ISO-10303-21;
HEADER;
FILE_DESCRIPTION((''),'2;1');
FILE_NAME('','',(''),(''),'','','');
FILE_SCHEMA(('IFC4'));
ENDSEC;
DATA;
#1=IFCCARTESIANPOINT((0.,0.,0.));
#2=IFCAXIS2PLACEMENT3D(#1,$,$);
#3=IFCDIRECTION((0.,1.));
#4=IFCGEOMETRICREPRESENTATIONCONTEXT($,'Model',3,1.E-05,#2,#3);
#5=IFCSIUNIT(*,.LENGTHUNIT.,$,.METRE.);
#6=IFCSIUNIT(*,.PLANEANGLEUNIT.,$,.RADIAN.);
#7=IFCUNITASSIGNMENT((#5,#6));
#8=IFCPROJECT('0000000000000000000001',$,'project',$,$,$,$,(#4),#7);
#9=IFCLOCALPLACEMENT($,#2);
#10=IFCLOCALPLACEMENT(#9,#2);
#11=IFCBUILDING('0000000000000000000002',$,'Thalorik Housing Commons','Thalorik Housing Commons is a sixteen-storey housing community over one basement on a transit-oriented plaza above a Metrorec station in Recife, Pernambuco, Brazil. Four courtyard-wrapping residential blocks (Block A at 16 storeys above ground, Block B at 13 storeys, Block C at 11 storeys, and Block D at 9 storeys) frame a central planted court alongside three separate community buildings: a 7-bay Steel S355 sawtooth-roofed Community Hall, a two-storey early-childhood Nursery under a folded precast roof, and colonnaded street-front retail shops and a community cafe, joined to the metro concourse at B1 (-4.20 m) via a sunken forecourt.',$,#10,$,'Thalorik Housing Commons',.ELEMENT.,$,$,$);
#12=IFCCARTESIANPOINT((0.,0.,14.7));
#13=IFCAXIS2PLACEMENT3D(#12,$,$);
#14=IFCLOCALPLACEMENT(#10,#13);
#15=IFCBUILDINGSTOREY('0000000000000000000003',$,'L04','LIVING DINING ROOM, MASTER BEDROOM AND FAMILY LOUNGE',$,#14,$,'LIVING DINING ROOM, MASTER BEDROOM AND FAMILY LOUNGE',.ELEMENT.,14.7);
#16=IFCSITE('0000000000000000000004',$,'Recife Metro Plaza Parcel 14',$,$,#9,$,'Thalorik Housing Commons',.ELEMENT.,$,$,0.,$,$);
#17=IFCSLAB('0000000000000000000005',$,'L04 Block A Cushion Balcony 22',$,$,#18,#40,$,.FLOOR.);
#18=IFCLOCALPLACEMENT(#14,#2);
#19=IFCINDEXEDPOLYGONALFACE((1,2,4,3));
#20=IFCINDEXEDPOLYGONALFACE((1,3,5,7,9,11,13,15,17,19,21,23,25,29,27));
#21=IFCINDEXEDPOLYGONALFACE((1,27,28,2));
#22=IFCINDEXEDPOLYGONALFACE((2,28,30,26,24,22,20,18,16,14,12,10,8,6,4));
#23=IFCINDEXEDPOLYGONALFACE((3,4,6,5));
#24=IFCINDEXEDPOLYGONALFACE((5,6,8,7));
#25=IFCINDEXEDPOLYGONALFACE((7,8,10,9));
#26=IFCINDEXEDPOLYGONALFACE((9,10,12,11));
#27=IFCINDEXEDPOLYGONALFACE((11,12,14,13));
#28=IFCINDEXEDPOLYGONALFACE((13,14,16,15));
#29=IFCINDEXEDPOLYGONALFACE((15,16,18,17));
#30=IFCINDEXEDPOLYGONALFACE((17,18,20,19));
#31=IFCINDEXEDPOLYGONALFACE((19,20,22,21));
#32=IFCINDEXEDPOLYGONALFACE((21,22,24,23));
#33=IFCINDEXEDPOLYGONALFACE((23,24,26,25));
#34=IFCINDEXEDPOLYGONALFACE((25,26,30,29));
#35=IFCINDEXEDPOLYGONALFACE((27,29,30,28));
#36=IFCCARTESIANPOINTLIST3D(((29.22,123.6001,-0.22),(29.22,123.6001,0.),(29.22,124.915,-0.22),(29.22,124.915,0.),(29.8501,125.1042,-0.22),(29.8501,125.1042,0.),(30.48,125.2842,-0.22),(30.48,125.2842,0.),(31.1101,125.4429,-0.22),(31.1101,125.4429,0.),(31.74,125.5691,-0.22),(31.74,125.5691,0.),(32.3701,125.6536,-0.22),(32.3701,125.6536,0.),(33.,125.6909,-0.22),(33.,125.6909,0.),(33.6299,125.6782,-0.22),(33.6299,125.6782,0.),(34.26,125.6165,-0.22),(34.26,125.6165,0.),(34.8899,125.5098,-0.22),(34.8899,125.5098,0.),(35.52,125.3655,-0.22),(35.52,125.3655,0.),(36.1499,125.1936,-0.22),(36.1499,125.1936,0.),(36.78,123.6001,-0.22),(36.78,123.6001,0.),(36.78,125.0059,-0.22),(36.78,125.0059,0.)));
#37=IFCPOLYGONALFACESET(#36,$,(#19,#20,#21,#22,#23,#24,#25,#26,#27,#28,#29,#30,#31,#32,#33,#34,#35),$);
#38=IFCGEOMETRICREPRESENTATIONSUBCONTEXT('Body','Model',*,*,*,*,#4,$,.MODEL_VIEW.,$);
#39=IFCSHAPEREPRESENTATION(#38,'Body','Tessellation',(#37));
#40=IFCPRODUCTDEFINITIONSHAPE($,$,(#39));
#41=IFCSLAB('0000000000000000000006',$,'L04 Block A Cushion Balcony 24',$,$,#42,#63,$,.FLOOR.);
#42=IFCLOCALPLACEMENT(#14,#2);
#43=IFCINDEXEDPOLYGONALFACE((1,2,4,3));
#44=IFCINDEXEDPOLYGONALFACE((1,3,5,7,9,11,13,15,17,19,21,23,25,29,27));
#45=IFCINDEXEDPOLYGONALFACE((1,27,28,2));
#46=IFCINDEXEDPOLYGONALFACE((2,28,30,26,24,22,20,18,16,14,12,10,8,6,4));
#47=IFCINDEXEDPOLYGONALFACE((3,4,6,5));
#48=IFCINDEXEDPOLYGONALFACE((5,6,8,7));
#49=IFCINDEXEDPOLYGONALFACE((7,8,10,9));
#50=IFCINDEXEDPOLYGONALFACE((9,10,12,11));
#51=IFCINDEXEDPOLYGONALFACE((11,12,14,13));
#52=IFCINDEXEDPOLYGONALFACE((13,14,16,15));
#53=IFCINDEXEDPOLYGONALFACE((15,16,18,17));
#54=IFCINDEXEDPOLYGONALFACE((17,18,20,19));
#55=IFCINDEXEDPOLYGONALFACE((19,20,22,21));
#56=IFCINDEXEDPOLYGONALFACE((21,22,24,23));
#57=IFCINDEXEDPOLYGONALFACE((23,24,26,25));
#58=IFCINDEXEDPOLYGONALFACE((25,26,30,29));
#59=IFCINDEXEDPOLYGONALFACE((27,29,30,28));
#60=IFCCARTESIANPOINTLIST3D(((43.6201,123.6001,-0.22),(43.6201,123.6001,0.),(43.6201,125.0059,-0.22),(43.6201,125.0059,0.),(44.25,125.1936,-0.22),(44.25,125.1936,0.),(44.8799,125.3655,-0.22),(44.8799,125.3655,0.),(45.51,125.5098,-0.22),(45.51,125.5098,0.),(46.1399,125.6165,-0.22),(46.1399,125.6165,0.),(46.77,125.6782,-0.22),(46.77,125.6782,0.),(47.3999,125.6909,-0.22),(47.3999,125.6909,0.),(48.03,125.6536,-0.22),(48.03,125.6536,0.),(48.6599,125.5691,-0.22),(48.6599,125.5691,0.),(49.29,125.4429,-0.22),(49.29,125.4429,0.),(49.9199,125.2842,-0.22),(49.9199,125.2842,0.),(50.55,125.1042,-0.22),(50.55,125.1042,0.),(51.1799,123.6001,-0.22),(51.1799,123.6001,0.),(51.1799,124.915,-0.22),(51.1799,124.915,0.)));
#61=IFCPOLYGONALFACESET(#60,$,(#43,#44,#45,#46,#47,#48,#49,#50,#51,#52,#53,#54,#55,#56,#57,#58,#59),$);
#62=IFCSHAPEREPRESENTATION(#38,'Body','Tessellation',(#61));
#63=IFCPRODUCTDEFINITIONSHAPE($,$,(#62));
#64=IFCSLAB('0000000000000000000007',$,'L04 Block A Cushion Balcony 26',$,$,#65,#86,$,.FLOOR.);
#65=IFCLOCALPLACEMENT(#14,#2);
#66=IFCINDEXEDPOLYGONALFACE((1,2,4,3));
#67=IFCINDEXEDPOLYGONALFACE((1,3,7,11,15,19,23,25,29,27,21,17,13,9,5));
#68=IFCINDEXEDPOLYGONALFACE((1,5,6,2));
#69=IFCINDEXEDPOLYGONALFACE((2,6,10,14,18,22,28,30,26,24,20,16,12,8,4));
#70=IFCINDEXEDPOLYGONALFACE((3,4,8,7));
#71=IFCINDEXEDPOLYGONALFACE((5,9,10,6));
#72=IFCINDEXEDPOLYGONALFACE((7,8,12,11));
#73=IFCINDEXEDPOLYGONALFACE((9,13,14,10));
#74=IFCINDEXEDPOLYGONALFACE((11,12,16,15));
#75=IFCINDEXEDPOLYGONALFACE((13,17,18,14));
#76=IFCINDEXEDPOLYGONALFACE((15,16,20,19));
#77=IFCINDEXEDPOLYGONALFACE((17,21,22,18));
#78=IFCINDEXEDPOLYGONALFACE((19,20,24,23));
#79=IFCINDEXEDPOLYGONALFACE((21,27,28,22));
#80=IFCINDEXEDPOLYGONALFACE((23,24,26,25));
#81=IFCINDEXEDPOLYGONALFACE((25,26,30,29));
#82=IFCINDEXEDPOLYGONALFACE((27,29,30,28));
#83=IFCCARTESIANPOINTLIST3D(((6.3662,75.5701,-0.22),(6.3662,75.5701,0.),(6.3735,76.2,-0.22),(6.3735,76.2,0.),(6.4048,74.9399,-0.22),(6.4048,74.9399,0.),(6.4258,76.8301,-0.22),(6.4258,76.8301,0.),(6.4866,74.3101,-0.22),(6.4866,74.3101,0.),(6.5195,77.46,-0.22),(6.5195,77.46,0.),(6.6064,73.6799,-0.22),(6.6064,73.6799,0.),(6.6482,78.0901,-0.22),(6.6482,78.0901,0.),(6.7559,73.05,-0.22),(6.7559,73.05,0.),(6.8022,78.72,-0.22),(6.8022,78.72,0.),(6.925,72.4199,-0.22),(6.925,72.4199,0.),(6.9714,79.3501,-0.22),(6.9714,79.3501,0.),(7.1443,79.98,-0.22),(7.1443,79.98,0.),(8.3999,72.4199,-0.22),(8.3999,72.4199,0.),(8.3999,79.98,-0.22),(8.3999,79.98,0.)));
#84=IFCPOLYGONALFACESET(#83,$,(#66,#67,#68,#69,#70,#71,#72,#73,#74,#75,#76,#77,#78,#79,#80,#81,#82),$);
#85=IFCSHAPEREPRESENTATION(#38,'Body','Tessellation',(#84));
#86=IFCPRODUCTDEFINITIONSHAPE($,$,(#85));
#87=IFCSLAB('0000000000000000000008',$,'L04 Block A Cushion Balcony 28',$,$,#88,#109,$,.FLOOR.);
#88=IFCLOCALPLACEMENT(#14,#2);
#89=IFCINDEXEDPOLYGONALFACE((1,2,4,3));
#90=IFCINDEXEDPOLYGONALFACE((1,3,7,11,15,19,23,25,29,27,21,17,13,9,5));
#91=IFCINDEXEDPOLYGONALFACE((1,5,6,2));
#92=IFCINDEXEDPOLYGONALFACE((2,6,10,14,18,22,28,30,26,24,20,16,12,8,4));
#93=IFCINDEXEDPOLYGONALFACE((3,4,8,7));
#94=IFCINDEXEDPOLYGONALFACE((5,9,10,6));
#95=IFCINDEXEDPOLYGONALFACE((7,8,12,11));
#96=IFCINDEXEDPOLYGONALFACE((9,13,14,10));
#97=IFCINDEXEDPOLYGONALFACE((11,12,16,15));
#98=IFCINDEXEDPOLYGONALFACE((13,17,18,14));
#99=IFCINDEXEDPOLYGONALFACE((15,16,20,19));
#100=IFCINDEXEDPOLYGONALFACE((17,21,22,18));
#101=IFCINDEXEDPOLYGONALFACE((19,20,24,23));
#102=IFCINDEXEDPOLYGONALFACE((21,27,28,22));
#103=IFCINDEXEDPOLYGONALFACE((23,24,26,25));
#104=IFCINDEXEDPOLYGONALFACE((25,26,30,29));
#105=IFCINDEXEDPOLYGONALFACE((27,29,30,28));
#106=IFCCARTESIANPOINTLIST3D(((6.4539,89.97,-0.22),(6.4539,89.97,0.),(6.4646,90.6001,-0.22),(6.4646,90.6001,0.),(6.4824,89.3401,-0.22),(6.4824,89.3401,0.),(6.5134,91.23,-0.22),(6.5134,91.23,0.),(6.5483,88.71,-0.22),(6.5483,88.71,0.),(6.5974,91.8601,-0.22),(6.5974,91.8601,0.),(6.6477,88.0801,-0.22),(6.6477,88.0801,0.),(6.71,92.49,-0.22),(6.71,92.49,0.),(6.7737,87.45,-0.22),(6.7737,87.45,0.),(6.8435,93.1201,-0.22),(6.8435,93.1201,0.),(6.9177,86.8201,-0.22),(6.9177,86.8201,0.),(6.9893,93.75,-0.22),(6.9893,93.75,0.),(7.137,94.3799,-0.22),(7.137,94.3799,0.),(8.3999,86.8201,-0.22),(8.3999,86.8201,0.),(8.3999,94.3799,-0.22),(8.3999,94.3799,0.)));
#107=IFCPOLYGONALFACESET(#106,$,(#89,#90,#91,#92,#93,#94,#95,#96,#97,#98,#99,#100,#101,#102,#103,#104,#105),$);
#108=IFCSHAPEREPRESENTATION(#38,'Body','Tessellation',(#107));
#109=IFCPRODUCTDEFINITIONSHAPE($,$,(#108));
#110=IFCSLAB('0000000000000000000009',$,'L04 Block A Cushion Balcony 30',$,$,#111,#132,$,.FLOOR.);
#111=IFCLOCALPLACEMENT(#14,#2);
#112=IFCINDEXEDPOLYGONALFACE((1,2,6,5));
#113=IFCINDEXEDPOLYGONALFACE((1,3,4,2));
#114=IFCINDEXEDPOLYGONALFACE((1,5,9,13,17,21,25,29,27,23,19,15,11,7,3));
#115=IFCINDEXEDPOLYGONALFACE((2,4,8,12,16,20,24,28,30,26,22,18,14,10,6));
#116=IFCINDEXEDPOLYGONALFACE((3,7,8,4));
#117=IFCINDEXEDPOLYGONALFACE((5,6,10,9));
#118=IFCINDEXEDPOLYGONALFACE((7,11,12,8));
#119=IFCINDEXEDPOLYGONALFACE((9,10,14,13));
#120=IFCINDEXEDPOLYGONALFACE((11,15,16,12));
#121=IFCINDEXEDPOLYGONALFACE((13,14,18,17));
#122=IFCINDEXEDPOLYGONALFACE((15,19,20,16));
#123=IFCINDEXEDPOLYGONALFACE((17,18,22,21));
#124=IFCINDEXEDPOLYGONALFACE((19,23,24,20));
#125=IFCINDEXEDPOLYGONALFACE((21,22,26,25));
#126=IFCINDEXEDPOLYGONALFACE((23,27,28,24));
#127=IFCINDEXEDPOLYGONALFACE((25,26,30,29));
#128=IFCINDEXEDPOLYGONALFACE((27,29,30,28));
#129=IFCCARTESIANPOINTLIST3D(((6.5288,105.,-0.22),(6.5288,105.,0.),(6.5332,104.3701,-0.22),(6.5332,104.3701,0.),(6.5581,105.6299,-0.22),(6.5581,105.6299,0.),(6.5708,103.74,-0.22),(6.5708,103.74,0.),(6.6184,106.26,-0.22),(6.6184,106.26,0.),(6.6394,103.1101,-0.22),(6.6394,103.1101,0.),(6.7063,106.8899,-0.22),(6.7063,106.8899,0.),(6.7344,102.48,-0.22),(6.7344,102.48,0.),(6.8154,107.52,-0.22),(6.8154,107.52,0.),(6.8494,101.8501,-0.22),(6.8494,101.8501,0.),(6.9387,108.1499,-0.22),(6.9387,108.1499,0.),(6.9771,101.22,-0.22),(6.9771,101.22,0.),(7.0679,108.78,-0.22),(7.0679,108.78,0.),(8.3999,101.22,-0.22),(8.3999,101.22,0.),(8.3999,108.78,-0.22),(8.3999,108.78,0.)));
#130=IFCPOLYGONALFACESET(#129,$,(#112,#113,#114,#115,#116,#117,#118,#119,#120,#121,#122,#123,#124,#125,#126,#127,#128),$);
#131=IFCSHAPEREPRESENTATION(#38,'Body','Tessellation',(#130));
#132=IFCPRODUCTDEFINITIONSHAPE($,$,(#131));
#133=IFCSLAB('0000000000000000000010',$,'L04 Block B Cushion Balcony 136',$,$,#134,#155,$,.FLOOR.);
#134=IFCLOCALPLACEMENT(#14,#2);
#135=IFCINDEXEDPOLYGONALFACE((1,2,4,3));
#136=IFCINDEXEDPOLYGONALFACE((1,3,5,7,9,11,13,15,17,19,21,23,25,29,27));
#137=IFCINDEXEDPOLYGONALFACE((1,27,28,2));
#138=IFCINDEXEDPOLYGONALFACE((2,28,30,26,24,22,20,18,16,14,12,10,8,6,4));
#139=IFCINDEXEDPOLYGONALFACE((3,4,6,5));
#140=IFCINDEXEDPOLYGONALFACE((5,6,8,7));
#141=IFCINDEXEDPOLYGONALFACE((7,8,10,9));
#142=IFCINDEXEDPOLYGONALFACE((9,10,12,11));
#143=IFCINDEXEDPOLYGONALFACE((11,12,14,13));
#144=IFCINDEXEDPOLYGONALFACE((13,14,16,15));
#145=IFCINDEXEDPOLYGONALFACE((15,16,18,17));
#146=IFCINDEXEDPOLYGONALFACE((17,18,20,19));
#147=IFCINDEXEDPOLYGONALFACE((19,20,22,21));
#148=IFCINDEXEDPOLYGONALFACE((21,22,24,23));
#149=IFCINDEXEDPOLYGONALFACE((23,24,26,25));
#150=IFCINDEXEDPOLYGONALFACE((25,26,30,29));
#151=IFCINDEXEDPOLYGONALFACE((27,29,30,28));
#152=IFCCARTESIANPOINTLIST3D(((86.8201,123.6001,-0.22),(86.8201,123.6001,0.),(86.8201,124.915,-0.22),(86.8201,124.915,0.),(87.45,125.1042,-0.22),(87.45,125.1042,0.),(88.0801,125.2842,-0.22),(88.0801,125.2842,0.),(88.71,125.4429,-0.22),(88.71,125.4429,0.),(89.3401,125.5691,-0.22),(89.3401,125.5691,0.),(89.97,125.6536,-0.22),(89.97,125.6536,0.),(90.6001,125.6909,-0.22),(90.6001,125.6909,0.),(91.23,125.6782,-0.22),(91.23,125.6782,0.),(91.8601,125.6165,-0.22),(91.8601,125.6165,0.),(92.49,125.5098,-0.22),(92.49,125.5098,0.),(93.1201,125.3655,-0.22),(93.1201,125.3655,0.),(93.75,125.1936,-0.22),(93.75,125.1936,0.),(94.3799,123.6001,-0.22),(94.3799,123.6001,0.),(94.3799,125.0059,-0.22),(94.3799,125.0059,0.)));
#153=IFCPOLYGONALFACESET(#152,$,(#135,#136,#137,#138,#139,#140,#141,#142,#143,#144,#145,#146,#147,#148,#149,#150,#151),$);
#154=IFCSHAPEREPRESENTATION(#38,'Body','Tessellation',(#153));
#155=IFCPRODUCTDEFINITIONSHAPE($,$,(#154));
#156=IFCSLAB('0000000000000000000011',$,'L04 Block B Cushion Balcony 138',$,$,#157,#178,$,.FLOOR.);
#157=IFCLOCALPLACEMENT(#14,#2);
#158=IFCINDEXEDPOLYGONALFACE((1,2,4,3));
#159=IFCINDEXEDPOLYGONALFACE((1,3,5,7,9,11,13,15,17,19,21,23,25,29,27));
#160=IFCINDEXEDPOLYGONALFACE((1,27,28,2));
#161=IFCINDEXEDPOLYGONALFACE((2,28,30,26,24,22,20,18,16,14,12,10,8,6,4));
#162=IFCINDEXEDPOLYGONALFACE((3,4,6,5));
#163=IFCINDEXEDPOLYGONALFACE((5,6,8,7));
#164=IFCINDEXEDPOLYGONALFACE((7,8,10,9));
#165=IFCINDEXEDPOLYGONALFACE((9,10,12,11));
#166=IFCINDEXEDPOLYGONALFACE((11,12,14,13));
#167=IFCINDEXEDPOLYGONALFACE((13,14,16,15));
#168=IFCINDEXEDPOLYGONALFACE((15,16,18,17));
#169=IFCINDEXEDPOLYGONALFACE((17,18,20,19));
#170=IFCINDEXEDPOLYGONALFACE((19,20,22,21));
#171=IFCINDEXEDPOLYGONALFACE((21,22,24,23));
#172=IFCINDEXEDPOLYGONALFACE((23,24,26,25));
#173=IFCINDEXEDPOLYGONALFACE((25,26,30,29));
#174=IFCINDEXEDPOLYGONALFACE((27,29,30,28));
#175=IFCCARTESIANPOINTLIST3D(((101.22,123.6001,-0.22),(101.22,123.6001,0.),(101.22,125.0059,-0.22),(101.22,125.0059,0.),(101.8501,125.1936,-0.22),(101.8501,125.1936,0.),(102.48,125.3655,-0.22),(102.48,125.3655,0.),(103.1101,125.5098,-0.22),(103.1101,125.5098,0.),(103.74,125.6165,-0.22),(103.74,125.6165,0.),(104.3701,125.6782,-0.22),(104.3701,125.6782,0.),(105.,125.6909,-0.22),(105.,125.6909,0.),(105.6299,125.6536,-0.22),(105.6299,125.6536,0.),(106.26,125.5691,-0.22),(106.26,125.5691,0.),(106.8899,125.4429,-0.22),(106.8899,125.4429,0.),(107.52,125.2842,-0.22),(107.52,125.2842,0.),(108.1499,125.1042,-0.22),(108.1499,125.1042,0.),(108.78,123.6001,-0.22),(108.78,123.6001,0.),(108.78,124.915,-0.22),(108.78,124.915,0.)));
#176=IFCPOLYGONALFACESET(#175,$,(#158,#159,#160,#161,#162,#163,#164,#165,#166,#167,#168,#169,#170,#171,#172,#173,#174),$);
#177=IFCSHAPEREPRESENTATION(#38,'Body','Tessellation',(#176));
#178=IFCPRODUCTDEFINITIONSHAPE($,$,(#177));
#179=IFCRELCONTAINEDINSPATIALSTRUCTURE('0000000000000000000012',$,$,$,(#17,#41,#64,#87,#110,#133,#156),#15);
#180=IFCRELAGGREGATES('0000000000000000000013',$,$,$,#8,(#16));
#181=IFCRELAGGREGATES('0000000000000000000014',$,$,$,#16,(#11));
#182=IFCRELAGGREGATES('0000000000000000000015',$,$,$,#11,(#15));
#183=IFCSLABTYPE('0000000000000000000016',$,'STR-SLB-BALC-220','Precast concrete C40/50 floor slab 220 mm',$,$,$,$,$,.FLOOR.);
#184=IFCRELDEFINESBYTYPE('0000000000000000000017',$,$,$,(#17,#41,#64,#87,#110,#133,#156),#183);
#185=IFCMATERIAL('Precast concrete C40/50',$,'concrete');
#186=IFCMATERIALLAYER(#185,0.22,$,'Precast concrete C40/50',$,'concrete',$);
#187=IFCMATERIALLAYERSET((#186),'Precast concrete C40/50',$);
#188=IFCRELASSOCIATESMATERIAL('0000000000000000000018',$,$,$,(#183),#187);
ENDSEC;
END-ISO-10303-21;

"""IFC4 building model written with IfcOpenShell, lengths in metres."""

from ifc_helpers import new_model, si_unit, direction, frame, origin, place, context, subcontext, project, spatial, polyline, outline, extrude, material, layer, layer_set, type_object, element, save


model = new_model("IFC4")

# Units and contexts
model_context = context("Model", 3, precision=1e-05, world=origin(), true_north=direction((0.0, 1.0)))
body_context = subcontext(model_context, "Body", "Model", "MODEL_VIEW")
ifc_project = project(units=[si_unit("LENGTHUNIT", "METRE"), si_unit("PLANEANGLEUNIT", "RADIAN")], contexts=[model_context])

# Site, building, storey
site_placement = place(None, origin())
site = spatial("IfcSite", under=ifc_project, at=site_placement, Name="Recife Metro Plaza Parcel 14", LongName="Thalorik Housing Commons", CompositionType="ELEMENT", RefElevation=0.0)
building_placement = place(site_placement, origin())
building = spatial("IfcBuilding", under=site, at=building_placement, Name="Thalorik Housing Commons", Description="Thalorik Housing Commons is a sixteen-storey housing community over one basement on a transit-oriented plaza above a Metrorec station in Recife, Pernambuco, Brazil. Four courtyard-wrapping residential blocks (Block A at 16 storeys above ground, Block B at 13 storeys, Block C at 11 storeys, and Block D at 9 storeys) frame a central planted court alongside three separate community buildings: a 7-bay Steel S355 sawtooth-roofed Community Hall, a two-storey early-childhood Nursery under a folded precast roof, and colonnaded street-front retail shops and a community cafe, joined to the metro concourse at B1 (-4.20 m) via a sunken forecourt.", LongName="Thalorik Housing Commons", CompositionType="ELEMENT")
storey_placement = place(building_placement, frame((0.0, 0.0, 14.7)))
storey = spatial("IfcBuildingStorey", under=building, at=storey_placement, Name="L04", Description="LIVING DINING ROOM, MASTER BEDROOM AND FAMILY LOUNGE", LongName="LIVING DINING ROOM, MASTER BEDROOM AND FAMILY LOUNGE", CompositionType="ELEMENT", Elevation=14.7)

# Slabs
ifc_material_1 = material(Name="Precast concrete C40/50", Category="concrete")
ifc_layer_1 = layer(ifc_material_1, 0.22, Name="Precast concrete C40/50", Category="concrete")
ifc_layer_set_1 = layer_set([ifc_layer_1], Name="Precast concrete C40/50")
slab_type_1 = type_object("IfcSlabType", Name="STR-SLB-BALC-220", Description="Precast concrete C40/50 floor slab 220 mm", PredefinedType="FLOOR", material=ifc_layer_set_1)
slab_1_placement = place(storey_placement, frame((0.0, 0.0, -0.22)))
element("IfcSlab", 1, at=slab_1_placement, inside=storey, type_object=slab_type_1, Name="L04 Block A Cushion Balcony 22", PredefinedType="FLOOR", context=body_context, shape_type="SweptSolid", body=[
    extrude(outline(polyline([(29.22, 123.6001), (36.78, 123.6001), (36.78, 125.0059), (36.1499, 125.1936), (35.52, 125.3655), (34.8899, 125.5098), (34.26, 125.6165), (33.6299, 125.6782), (33.0, 125.6909), (32.3701, 125.6536), (31.74, 125.5691), (31.1101, 125.4429), (30.48, 125.2842), (29.8501, 125.1042), (29.22, 124.915), (29.22, 123.6001)])), origin(), (0.0, 0.0, 1.0), 0.22),
])
slab_2_placement = place(storey_placement, frame((0.0, 0.0, -0.22)))
element("IfcSlab", 2, at=slab_2_placement, inside=storey, type_object=slab_type_1, Name="L04 Block A Cushion Balcony 24", PredefinedType="FLOOR", context=body_context, shape_type="SweptSolid", body=[
    extrude(outline(polyline([(43.6201, 123.6001), (51.1799, 123.6001), (51.1799, 124.915), (50.55, 125.1042), (49.9199, 125.2842), (49.29, 125.4429), (48.6599, 125.5691), (48.03, 125.6536), (47.3999, 125.6909), (46.77, 125.6782), (46.1399, 125.6165), (45.51, 125.5098), (44.8799, 125.3655), (44.25, 125.1936), (43.6201, 125.0059), (43.6201, 123.6001)])), origin(), (0.0, 0.0, 1.0), 0.22),
])
slab_3_placement = place(storey_placement, frame((0.0, 0.0, -0.22)))
element("IfcSlab", 3, at=slab_3_placement, inside=storey, type_object=slab_type_1, Name="L04 Block A Cushion Balcony 26", PredefinedType="FLOOR", context=body_context, shape_type="SweptSolid", body=[
    extrude(outline(polyline([(8.3999, 72.4199), (8.3999, 79.98), (7.1443, 79.98), (6.9714, 79.3501), (6.8022, 78.72), (6.6482, 78.0901), (6.5195, 77.46), (6.4258, 76.8301), (6.3735, 76.2), (6.3662, 75.5701), (6.4048, 74.9399), (6.4866, 74.3101), (6.6064, 73.6799), (6.7559, 73.05), (6.925, 72.4199), (8.3999, 72.4199)])), origin(), (0.0, 0.0, 1.0), 0.22),
])
slab_4_placement = place(storey_placement, frame((0.0, 0.0, -0.22)))
element("IfcSlab", 4, at=slab_4_placement, inside=storey, type_object=slab_type_1, Name="L04 Block A Cushion Balcony 28", PredefinedType="FLOOR", context=body_context, shape_type="SweptSolid", body=[
    extrude(outline(polyline([(8.3999, 86.8201), (8.3999, 94.3799), (7.137, 94.3799), (6.9893, 93.75), (6.8435, 93.1201), (6.71, 92.49), (6.5974, 91.8601), (6.5134, 91.23), (6.4646, 90.6001), (6.4539, 89.97), (6.4824, 89.3401), (6.5483, 88.71), (6.6477, 88.0801), (6.7737, 87.45), (6.9177, 86.8201), (8.3999, 86.8201)])), origin(), (0.0, 0.0, 1.0), 0.22),
])
slab_5_placement = place(storey_placement, frame((0.0, 0.0, -0.22)))
element("IfcSlab", 5, at=slab_5_placement, inside=storey, type_object=slab_type_1, Name="L04 Block A Cushion Balcony 30", PredefinedType="FLOOR", context=body_context, shape_type="SweptSolid", body=[
    extrude(outline(polyline([(8.3999, 101.22), (8.3999, 108.78), (7.0679, 108.78), (6.9387, 108.1499), (6.8154, 107.52), (6.7063, 106.8899), (6.6184, 106.26), (6.5581, 105.6299), (6.5288, 105.0), (6.5332, 104.3701), (6.5708, 103.74), (6.6394, 103.1101), (6.7344, 102.48), (6.8494, 101.8501), (6.9771, 101.22), (8.3999, 101.22)])), origin(), (0.0, 0.0, 1.0), 0.22),
])
slab_6_placement = place(storey_placement, frame((0.0, 0.0, -0.22)))
element("IfcSlab", 6, at=slab_6_placement, inside=storey, type_object=slab_type_1, Name="L04 Block B Cushion Balcony 136", PredefinedType="FLOOR", context=body_context, shape_type="SweptSolid", body=[
    extrude(outline(polyline([(86.8201, 123.6001), (94.3799, 123.6001), (94.3799, 125.0059), (93.75, 125.1936), (93.1201, 125.3655), (92.49, 125.5098), (91.8601, 125.6165), (91.23, 125.6782), (90.6001, 125.6909), (89.97, 125.6536), (89.3401, 125.5691), (88.71, 125.4429), (88.0801, 125.2842), (87.45, 125.1042), (86.8201, 124.915), (86.8201, 123.6001)])), origin(), (0.0, 0.0, 1.0), 0.22),
])
slab_7_placement = place(storey_placement, frame((0.0, 0.0, -0.22)))
element("IfcSlab", 7, at=slab_7_placement, inside=storey, type_object=slab_type_1, Name="L04 Block B Cushion Balcony 138", PredefinedType="FLOOR", context=body_context, shape_type="SweptSolid", body=[
    extrude(outline(polyline([(101.22, 123.6001), (108.78, 123.6001), (108.78, 124.915), (108.1499, 125.1042), (107.52, 125.2842), (106.8899, 125.4429), (106.26, 125.5691), (105.6299, 125.6536), (105.0, 125.6909), (104.3701, 125.6782), (103.74, 125.6165), (103.1101, 125.5098), (102.48, 125.3655), (101.8501, 125.1936), (101.22, 125.0059), (101.22, 123.6001)])), origin(), (0.0, 0.0, 1.0), 0.22),
])

save(model, "model.ifc")
